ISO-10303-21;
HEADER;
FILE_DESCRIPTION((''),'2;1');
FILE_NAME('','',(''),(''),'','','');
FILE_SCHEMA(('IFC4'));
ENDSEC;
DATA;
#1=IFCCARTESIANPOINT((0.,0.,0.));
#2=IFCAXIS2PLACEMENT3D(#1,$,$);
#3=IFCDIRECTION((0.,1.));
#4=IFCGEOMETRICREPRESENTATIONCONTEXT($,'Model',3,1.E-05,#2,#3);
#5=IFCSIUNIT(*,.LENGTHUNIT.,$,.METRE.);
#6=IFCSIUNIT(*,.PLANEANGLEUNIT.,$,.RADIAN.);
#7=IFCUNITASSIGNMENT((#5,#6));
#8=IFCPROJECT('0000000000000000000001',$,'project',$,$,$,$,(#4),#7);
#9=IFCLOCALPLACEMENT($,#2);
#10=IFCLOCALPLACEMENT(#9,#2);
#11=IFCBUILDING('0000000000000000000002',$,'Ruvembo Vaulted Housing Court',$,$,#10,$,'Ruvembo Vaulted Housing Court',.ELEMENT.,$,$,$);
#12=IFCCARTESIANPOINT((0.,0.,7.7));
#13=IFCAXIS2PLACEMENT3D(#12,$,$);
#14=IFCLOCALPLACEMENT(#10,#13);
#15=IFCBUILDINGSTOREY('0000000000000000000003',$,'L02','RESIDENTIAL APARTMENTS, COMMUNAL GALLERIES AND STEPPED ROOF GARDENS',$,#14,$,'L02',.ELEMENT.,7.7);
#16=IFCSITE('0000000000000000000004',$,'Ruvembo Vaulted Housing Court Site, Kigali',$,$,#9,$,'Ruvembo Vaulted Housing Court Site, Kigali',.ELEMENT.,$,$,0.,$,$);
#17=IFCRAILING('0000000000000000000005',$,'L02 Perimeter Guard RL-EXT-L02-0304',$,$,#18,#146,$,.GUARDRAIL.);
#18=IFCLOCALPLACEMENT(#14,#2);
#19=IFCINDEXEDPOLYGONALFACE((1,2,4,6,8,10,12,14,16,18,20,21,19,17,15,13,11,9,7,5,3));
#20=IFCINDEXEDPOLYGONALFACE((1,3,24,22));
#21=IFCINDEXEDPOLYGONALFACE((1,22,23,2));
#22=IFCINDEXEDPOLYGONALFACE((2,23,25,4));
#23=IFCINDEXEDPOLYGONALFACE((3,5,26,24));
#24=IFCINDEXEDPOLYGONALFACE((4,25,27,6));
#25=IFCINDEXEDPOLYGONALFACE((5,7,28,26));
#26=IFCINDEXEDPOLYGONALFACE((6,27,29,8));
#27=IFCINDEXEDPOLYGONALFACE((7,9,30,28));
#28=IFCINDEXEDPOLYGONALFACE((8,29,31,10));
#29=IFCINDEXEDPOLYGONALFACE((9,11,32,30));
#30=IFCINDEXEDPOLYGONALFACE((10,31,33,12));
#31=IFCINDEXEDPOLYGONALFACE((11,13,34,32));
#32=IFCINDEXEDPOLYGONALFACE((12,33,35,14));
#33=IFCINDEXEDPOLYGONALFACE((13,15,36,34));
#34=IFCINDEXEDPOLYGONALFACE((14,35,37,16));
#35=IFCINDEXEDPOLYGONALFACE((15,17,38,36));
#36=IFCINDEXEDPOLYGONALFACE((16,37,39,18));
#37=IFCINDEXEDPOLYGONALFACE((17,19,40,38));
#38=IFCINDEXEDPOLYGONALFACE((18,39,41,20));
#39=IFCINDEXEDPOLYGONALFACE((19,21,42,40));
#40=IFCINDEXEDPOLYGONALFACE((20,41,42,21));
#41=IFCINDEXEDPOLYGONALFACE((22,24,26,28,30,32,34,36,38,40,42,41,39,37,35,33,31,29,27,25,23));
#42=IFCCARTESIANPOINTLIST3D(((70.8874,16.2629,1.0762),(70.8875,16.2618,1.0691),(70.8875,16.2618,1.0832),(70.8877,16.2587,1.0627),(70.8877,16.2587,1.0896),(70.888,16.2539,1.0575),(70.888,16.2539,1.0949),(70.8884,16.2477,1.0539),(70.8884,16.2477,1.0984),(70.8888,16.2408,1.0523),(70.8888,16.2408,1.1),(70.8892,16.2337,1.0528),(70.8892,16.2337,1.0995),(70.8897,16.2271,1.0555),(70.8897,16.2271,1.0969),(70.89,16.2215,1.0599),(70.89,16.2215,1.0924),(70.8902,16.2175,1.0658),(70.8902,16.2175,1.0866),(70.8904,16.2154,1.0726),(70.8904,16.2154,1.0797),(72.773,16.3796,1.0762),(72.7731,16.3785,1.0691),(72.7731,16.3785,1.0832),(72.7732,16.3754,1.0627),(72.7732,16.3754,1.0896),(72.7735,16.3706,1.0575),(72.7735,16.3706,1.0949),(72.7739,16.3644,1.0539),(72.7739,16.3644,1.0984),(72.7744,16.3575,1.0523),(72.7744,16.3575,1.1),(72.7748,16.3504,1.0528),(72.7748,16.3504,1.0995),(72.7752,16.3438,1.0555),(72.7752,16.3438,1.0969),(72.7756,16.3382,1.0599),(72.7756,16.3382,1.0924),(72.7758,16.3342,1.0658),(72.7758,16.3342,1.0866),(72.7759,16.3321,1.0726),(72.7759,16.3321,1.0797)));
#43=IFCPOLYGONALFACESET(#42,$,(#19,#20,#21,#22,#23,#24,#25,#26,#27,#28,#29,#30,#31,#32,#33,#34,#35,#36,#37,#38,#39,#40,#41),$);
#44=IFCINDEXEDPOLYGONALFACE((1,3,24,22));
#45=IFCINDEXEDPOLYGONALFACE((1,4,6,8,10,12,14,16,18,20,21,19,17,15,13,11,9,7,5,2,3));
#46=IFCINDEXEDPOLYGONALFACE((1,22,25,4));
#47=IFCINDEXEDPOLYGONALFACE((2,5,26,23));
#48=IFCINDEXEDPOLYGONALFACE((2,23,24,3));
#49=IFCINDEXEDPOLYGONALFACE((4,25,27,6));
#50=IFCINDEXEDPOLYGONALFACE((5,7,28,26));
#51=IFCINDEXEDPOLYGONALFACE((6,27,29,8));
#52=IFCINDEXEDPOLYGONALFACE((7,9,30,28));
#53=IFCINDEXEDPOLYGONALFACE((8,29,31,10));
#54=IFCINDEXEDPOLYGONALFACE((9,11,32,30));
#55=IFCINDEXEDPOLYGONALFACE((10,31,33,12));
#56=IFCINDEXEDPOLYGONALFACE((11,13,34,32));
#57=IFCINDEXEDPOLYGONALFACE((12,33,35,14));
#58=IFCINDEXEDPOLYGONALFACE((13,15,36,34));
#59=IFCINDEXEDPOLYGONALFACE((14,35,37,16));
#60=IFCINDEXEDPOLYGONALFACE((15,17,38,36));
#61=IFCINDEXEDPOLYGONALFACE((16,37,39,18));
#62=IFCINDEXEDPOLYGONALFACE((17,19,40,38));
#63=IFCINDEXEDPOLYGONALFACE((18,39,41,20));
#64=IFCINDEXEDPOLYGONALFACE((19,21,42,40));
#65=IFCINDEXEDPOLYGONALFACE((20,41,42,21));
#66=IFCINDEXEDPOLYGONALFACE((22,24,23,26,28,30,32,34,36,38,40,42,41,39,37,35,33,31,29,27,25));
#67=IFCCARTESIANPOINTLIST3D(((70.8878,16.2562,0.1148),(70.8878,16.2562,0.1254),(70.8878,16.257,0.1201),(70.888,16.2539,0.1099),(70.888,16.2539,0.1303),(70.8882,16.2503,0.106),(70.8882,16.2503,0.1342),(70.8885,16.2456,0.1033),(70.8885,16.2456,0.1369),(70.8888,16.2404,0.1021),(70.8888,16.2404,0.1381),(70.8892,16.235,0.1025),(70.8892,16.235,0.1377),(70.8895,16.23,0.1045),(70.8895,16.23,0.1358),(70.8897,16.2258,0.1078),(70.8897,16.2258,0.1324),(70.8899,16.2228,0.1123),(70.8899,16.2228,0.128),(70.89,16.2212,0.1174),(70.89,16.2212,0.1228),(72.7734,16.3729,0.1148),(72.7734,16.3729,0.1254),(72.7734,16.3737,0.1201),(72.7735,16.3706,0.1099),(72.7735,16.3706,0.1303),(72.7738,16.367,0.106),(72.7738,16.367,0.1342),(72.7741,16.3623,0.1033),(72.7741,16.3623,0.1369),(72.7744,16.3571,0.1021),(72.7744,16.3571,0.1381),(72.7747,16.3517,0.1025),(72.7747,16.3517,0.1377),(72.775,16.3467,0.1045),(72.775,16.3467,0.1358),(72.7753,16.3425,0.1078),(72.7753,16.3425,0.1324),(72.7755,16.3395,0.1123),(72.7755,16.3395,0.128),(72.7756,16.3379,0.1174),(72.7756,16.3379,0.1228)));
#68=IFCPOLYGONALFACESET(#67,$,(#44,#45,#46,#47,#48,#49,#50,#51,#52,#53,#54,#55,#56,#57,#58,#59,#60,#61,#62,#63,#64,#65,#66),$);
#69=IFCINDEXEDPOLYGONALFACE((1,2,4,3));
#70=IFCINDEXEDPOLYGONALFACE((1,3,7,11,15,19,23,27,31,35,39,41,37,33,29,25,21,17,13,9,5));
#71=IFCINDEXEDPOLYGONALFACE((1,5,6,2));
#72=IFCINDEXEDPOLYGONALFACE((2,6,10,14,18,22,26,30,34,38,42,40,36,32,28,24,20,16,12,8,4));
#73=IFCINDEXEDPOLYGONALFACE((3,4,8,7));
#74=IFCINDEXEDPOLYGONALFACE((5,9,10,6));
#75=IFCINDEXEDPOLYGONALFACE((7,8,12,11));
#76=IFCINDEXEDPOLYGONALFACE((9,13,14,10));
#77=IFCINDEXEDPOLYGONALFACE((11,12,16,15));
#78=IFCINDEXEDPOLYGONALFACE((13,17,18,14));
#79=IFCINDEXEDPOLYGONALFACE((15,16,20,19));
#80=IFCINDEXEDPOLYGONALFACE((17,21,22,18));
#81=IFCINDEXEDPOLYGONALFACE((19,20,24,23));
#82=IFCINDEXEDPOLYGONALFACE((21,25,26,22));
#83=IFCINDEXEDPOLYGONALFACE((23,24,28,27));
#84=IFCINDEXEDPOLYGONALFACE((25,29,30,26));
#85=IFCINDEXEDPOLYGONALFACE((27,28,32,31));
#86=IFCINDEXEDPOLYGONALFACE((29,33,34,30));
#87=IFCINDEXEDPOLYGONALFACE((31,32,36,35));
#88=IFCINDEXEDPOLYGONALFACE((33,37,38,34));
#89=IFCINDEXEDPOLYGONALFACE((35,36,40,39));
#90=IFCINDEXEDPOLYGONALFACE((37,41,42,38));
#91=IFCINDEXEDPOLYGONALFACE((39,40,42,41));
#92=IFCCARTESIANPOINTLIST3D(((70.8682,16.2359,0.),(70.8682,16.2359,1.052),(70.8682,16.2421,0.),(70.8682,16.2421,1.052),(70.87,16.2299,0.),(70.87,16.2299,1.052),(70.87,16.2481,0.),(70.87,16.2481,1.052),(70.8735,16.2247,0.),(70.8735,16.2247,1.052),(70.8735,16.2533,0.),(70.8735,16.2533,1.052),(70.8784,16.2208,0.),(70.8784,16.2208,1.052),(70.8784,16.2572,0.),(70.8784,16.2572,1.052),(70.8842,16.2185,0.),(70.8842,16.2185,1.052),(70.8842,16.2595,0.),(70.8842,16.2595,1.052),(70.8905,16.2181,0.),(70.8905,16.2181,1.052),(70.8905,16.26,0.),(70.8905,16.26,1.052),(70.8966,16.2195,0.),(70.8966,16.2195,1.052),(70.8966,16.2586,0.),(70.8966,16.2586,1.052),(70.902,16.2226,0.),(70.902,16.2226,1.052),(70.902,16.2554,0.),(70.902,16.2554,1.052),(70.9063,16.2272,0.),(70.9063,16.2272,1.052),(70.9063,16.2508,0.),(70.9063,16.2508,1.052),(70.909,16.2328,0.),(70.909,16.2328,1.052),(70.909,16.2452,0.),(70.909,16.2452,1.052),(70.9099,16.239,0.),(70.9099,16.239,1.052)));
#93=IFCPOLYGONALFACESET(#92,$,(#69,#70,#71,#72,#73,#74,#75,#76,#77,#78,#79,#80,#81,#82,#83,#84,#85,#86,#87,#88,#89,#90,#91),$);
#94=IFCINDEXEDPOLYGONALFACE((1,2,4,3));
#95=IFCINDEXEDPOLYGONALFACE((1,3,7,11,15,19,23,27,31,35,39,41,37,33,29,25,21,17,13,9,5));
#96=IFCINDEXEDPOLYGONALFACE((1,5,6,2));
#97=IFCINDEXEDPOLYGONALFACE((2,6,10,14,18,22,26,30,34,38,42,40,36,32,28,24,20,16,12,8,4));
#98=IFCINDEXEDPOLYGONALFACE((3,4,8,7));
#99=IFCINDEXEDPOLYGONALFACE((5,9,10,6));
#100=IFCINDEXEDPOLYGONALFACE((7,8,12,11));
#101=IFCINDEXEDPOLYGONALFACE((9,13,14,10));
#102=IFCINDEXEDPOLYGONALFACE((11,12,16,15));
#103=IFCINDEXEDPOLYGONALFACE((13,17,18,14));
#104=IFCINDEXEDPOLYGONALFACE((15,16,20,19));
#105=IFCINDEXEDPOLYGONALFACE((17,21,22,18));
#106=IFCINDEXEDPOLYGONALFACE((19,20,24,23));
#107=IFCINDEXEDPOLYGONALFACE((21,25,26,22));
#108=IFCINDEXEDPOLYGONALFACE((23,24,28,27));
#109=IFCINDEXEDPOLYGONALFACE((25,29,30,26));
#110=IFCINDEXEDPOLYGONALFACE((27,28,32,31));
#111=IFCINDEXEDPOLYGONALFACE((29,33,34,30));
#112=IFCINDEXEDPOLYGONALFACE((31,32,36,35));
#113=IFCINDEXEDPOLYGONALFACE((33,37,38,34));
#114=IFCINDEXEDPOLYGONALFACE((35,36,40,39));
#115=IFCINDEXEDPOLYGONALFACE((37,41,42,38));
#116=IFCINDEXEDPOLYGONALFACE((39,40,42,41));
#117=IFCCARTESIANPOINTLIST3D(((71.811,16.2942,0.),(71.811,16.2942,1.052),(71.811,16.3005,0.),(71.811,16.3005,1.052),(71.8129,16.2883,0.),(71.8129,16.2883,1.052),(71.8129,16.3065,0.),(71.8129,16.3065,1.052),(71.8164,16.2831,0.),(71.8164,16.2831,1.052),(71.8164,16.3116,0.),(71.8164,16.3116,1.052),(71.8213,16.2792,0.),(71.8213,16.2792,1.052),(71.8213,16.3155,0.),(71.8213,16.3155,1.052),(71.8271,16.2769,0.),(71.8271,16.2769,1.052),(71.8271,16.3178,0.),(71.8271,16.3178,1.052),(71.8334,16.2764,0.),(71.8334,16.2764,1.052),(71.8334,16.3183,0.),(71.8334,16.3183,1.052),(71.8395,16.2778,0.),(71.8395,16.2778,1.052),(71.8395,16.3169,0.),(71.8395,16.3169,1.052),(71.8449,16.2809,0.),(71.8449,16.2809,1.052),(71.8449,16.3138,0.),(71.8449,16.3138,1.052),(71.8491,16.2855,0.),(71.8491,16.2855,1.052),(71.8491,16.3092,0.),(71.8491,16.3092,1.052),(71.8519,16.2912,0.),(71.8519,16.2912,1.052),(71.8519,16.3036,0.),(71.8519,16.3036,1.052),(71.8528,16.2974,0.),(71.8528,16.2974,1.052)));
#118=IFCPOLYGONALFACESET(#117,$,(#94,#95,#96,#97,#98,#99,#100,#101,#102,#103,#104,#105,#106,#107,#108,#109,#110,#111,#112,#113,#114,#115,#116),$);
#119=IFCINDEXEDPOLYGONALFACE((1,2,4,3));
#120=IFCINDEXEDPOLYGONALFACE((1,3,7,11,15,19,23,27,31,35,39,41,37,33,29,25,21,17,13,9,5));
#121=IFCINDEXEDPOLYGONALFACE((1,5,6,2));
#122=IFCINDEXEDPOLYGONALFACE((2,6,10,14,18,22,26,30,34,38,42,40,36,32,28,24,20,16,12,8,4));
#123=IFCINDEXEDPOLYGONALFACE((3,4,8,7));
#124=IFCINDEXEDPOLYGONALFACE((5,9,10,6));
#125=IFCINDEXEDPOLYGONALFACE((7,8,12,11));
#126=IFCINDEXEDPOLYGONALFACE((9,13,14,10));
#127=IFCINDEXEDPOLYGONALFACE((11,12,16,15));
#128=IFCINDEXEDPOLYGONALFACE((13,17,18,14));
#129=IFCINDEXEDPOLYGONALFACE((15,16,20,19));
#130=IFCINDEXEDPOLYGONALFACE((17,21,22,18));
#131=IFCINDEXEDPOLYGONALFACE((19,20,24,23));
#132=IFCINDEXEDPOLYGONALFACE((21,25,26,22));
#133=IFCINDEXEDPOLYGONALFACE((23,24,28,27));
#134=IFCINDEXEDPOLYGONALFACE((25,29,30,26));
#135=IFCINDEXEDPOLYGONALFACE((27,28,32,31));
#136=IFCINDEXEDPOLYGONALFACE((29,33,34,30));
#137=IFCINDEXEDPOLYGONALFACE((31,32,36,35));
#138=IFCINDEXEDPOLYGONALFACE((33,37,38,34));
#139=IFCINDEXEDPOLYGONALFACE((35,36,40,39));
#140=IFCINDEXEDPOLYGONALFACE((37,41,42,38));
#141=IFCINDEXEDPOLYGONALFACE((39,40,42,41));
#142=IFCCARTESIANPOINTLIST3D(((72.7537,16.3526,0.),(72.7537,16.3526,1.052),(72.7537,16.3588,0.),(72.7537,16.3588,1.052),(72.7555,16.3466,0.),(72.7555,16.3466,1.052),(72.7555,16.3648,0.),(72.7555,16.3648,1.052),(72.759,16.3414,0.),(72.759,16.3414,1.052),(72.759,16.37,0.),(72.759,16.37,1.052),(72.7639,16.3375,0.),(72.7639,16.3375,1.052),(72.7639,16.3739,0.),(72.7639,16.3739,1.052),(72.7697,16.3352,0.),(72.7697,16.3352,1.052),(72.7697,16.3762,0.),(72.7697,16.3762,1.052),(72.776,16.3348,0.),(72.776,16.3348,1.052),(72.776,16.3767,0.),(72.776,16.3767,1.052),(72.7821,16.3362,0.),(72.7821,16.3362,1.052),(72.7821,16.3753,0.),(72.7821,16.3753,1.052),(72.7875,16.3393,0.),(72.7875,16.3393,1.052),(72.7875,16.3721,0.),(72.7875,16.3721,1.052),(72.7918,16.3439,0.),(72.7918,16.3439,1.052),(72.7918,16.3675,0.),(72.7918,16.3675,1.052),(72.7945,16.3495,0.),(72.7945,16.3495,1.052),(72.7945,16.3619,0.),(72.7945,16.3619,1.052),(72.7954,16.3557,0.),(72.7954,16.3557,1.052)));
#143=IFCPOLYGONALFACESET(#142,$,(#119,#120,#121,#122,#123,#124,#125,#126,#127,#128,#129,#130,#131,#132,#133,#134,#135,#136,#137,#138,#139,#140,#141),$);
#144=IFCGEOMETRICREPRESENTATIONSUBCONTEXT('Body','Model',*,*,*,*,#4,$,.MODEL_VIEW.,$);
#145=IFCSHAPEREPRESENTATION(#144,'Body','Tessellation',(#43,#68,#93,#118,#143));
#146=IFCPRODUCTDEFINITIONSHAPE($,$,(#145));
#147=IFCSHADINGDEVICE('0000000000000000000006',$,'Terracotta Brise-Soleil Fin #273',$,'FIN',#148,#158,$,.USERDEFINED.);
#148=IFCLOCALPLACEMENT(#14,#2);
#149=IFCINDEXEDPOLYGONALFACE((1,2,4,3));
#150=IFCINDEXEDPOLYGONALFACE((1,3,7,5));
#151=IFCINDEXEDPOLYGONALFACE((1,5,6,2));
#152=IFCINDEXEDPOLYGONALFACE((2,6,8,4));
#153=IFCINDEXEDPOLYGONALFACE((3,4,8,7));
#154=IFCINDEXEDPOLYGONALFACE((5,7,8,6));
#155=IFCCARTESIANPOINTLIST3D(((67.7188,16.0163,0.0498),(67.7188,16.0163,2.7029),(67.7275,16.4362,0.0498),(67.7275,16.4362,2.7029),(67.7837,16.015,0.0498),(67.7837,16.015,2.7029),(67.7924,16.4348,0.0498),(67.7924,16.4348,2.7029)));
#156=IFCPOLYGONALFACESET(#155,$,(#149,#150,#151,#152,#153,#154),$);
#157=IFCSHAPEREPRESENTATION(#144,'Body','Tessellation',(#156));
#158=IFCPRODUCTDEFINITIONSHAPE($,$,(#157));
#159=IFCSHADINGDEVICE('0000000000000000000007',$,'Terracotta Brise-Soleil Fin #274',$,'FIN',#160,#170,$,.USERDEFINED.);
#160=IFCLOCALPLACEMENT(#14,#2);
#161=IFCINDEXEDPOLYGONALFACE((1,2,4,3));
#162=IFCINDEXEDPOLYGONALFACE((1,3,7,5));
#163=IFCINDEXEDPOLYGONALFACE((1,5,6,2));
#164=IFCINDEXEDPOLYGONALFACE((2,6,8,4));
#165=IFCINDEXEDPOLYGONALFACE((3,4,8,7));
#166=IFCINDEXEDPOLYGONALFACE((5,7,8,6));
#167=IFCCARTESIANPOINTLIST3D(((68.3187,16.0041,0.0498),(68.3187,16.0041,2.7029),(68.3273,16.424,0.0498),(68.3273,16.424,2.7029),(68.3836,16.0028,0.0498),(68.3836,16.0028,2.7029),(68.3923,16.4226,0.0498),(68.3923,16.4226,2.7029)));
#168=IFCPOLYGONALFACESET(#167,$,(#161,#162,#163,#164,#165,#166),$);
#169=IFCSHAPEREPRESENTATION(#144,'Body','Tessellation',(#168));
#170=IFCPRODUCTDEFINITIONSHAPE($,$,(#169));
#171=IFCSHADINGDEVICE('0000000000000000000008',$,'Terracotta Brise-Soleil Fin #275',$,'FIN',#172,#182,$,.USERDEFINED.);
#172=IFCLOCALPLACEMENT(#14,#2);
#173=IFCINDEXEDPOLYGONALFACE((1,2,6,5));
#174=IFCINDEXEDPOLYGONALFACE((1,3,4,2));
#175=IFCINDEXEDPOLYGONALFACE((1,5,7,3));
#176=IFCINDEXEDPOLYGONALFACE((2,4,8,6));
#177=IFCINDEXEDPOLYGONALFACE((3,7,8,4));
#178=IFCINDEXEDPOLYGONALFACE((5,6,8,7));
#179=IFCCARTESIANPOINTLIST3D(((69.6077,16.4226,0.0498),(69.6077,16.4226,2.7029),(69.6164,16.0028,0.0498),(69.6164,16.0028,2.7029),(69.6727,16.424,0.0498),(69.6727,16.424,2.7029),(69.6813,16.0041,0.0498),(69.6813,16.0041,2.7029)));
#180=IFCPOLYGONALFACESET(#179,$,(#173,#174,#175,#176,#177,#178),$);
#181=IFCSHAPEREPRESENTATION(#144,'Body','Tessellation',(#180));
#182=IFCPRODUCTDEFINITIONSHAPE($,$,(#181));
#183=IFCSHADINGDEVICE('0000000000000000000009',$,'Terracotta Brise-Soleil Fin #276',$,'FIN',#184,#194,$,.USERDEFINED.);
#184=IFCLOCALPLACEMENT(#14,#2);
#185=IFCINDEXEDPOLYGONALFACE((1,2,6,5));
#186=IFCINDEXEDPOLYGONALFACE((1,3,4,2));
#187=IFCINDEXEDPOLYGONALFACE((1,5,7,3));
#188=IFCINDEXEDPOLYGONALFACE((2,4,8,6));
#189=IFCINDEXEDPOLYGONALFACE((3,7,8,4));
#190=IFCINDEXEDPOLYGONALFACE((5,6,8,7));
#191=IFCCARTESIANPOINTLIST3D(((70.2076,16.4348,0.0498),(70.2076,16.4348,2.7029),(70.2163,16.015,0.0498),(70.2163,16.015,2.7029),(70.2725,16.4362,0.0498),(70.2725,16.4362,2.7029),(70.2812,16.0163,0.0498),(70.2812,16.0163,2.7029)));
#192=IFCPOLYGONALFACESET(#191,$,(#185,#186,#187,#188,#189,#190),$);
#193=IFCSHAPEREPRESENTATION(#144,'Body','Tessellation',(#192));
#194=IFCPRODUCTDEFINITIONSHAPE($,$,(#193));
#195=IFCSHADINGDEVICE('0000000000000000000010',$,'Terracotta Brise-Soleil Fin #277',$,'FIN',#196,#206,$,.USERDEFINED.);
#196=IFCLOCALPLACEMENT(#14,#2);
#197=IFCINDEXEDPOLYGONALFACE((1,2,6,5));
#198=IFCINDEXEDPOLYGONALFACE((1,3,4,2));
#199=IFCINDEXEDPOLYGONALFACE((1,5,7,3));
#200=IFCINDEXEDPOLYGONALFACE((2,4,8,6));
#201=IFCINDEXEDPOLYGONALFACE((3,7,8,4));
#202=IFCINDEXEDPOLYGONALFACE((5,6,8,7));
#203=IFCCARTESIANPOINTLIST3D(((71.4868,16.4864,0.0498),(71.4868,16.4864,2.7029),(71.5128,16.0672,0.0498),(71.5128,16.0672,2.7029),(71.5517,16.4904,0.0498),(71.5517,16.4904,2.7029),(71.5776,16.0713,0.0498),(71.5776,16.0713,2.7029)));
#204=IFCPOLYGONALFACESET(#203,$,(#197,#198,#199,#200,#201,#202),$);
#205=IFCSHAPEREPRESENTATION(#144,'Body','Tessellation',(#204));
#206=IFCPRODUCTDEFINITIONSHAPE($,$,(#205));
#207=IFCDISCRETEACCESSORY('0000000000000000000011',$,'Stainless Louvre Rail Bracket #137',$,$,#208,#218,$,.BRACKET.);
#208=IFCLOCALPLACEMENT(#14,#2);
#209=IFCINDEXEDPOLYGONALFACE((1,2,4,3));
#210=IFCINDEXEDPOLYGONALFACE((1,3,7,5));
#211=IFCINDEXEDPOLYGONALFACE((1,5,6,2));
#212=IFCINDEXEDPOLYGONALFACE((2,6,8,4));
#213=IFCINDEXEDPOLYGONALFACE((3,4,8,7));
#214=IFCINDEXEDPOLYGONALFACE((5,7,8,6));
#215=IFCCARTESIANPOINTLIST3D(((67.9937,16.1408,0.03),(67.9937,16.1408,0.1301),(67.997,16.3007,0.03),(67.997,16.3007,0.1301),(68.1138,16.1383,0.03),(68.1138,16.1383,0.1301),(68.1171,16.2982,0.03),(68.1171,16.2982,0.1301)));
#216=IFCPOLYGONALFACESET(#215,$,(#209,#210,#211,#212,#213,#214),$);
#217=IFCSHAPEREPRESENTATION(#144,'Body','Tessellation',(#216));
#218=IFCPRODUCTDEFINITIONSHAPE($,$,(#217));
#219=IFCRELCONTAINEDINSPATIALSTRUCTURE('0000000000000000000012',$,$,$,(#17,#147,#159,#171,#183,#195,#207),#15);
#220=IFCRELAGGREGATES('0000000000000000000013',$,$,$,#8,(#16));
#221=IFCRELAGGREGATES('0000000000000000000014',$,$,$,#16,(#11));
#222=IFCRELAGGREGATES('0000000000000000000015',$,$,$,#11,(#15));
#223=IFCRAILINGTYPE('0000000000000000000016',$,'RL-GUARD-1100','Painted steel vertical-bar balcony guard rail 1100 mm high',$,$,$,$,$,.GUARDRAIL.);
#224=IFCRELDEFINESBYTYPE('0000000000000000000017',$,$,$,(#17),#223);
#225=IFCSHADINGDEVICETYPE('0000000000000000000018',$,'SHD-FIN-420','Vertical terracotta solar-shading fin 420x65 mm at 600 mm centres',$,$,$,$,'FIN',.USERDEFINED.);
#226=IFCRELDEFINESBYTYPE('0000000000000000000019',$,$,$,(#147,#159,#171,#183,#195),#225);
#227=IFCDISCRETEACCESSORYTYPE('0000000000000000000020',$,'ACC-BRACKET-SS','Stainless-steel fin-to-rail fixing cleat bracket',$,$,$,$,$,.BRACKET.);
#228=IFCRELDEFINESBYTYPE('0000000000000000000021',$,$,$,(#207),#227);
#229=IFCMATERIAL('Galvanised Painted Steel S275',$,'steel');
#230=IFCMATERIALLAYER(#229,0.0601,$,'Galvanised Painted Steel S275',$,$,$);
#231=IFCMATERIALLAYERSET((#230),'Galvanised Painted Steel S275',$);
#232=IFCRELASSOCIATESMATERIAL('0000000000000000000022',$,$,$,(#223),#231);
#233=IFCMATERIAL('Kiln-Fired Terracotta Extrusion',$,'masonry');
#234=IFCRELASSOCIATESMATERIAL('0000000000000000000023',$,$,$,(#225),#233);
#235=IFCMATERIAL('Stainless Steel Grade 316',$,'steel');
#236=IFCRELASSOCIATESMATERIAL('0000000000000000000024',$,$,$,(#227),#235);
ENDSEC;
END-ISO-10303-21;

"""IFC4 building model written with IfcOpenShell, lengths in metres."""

from ifc_helpers import new_model, si_unit, direction, frame, origin, origin_2d, place, context, subcontext, project, spatial, rectangle, circle, extrude, material, layer, layer_set, type_object, element, save


model = new_model("IFC4")

# Units and contexts
model_context = context("Model", 3, precision=1e-05, world=origin(), true_north=direction((0.0, 1.0)))
body_context = subcontext(model_context, "Body", "Model", "MODEL_VIEW")
ifc_project = project(units=[si_unit("LENGTHUNIT", "METRE"), si_unit("PLANEANGLEUNIT", "RADIAN")], contexts=[model_context])

# Site, building, storey
site_placement = place(None, origin())
site = spatial("IfcSite", under=ifc_project, at=site_placement, Name="Ruvembo Vaulted Housing Court Site, Kigali", LongName="Ruvembo Vaulted Housing Court Site, Kigali", CompositionType="ELEMENT", RefElevation=0.0)
building_placement = place(site_placement, origin())
building = spatial("IfcBuilding", under=site, at=building_placement, Name="Ruvembo Vaulted Housing Court", LongName="Ruvembo Vaulted Housing Court", CompositionType="ELEMENT")
storey_placement = place(building_placement, frame((0.0, 0.0, 7.7)))
storey = spatial("IfcBuildingStorey", under=building, at=storey_placement, Name="L02", Description="RESIDENTIAL APARTMENTS, COMMUNAL GALLERIES AND STEPPED ROOF GARDENS", LongName="L02", CompositionType="ELEMENT", Elevation=7.7)

# Railing
ifc_material_1 = material(Name="Galvanised Painted Steel S275", Category="steel")
ifc_layer = layer(ifc_material_1, 0.0601, Name="Galvanised Painted Steel S275")
ifc_layer_set = layer_set([ifc_layer], Name="Galvanised Painted Steel S275")
railing_type = type_object("IfcRailingType", Name="RL-GUARD-1100", Description="Painted steel vertical-bar balcony guard rail 1100 mm high", PredefinedType="GUARDRAIL", material=ifc_layer_set)
railing_1_placement = place(storey_placement, frame((70.8889, 16.239, 0.0)))
element("IfcRailing", 1, at=railing_1_placement, inside=storey, type_object=railing_type, Name="L02 Perimeter Guard RL-EXT-L02-0304", PredefinedType="GUARDRAIL", context=body_context, shape_type="SweptSolid", body=[
    extrude(circle(Radius=0.0239, at=origin_2d()), frame((0.0, 0.0, 1.0762), z_axis=(0.99809, 0.061775, 0.0), x_axis=(-0.061775, 0.99809, 0.0)), (0.0, 0.0, 1.0), 1.8892),
    extrude(circle(Radius=0.0181, at=origin_2d()), frame((0.0, 0.0, 0.1201), z_axis=(0.99809, 0.061775, 0.0), x_axis=(-0.061775, 0.99809, 0.0)), (0.0, 0.0, 1.0), 1.8892),
    extrude(circle(Radius=0.021, at=origin_2d()), origin(), (0.0, 0.0, 1.0), 1.052),
    extrude(circle(Radius=0.021, at=origin_2d()), frame((0.9429, 0.0583, 0.0)), (0.0, 0.0, 1.0), 1.052),
    extrude(circle(Radius=0.021, at=origin_2d()), frame((1.8855, 0.1167, 0.0)), (0.0, 0.0, 1.0), 1.052),
])

# Shading devices
ifc_material_2 = material(Name="Kiln-Fired Terracotta Extrusion", Category="masonry")
shading_device_type = type_object("IfcShadingDeviceType", Name="SHD-FIN-420", Description="Vertical terracotta solar-shading fin 420x65 mm at 600 mm centres", ElementType="FIN", PredefinedType="USERDEFINED", material=ifc_material_2)
for number, where, z_axis, x_axis, name in (
    (2, (67.7556, 16.2256, 0.0498), (0.0, 0.0, 1.0), (-0.020646, -0.999787, 0.0), "Terracotta Brise-Soleil Fin #273"),
    (3, (68.3555, 16.2134, 0.0498), (0.0, 0.0, 1.0), (-0.020646, -0.999787, 0.0), "Terracotta Brise-Soleil Fin #274"),
    (4, (69.6445, 16.2134, 0.0498), (0.0, 0.0, 1.0), (0.020646, -0.999787, 0.0), "Terracotta Brise-Soleil Fin #275"),
    (5, (70.2444, 16.2256, 0.0498), (0.0, 0.0, 1.0), (0.020646, -0.999787, 0.0), "Terracotta Brise-Soleil Fin #276"),
    (6, (71.5322, 16.2788, 0.0498), (0.0, 0.0, 1.0), (0.061832, -0.998087, 0.0), "Terracotta Brise-Soleil Fin #277"),
):
    element("IfcShadingDevice", number, at=place(storey_placement, frame(where, z_axis=z_axis, x_axis=x_axis)), inside=storey, type_object=shading_device_type, Name=name, ObjectType="FIN", PredefinedType="USERDEFINED", context=body_context, shape_type="SweptSolid", body=[
        extrude(rectangle(XDim=0.4199, YDim=0.0649, at=origin_2d()), origin(), (0.0, 0.0, 1.0), 2.6531),
    ])

# Discrete accessory
ifc_material_3 = material(Name="Stainless Steel Grade 316", Category="steel")
discrete_accessory_type = type_object("IfcDiscreteAccessoryType", Name="ACC-BRACKET-SS", Description="Stainless-steel fin-to-rail fixing cleat bracket", PredefinedType="BRACKET", material=ifc_material_3)
for number, where, z_axis, x_axis, name in (
    (7, (68.0554, 16.2195, 0.03), (0.0, 0.0, 1.0), (-0.020646, -0.999787, 0.0), "Stainless Louvre Rail Bracket #137"),
):
    element("IfcDiscreteAccessory", number, at=place(storey_placement, frame(where, z_axis=z_axis, x_axis=x_axis)), inside=storey, type_object=discrete_accessory_type, Name=name, PredefinedType="BRACKET", context=body_context, shape_type="SweptSolid", body=[
        extrude(rectangle(XDim=0.1599, YDim=0.1201, at=origin_2d()), origin(), (0.0, 0.0, 1.0), 0.1001),
    ])

save(model, "model.ifc")
